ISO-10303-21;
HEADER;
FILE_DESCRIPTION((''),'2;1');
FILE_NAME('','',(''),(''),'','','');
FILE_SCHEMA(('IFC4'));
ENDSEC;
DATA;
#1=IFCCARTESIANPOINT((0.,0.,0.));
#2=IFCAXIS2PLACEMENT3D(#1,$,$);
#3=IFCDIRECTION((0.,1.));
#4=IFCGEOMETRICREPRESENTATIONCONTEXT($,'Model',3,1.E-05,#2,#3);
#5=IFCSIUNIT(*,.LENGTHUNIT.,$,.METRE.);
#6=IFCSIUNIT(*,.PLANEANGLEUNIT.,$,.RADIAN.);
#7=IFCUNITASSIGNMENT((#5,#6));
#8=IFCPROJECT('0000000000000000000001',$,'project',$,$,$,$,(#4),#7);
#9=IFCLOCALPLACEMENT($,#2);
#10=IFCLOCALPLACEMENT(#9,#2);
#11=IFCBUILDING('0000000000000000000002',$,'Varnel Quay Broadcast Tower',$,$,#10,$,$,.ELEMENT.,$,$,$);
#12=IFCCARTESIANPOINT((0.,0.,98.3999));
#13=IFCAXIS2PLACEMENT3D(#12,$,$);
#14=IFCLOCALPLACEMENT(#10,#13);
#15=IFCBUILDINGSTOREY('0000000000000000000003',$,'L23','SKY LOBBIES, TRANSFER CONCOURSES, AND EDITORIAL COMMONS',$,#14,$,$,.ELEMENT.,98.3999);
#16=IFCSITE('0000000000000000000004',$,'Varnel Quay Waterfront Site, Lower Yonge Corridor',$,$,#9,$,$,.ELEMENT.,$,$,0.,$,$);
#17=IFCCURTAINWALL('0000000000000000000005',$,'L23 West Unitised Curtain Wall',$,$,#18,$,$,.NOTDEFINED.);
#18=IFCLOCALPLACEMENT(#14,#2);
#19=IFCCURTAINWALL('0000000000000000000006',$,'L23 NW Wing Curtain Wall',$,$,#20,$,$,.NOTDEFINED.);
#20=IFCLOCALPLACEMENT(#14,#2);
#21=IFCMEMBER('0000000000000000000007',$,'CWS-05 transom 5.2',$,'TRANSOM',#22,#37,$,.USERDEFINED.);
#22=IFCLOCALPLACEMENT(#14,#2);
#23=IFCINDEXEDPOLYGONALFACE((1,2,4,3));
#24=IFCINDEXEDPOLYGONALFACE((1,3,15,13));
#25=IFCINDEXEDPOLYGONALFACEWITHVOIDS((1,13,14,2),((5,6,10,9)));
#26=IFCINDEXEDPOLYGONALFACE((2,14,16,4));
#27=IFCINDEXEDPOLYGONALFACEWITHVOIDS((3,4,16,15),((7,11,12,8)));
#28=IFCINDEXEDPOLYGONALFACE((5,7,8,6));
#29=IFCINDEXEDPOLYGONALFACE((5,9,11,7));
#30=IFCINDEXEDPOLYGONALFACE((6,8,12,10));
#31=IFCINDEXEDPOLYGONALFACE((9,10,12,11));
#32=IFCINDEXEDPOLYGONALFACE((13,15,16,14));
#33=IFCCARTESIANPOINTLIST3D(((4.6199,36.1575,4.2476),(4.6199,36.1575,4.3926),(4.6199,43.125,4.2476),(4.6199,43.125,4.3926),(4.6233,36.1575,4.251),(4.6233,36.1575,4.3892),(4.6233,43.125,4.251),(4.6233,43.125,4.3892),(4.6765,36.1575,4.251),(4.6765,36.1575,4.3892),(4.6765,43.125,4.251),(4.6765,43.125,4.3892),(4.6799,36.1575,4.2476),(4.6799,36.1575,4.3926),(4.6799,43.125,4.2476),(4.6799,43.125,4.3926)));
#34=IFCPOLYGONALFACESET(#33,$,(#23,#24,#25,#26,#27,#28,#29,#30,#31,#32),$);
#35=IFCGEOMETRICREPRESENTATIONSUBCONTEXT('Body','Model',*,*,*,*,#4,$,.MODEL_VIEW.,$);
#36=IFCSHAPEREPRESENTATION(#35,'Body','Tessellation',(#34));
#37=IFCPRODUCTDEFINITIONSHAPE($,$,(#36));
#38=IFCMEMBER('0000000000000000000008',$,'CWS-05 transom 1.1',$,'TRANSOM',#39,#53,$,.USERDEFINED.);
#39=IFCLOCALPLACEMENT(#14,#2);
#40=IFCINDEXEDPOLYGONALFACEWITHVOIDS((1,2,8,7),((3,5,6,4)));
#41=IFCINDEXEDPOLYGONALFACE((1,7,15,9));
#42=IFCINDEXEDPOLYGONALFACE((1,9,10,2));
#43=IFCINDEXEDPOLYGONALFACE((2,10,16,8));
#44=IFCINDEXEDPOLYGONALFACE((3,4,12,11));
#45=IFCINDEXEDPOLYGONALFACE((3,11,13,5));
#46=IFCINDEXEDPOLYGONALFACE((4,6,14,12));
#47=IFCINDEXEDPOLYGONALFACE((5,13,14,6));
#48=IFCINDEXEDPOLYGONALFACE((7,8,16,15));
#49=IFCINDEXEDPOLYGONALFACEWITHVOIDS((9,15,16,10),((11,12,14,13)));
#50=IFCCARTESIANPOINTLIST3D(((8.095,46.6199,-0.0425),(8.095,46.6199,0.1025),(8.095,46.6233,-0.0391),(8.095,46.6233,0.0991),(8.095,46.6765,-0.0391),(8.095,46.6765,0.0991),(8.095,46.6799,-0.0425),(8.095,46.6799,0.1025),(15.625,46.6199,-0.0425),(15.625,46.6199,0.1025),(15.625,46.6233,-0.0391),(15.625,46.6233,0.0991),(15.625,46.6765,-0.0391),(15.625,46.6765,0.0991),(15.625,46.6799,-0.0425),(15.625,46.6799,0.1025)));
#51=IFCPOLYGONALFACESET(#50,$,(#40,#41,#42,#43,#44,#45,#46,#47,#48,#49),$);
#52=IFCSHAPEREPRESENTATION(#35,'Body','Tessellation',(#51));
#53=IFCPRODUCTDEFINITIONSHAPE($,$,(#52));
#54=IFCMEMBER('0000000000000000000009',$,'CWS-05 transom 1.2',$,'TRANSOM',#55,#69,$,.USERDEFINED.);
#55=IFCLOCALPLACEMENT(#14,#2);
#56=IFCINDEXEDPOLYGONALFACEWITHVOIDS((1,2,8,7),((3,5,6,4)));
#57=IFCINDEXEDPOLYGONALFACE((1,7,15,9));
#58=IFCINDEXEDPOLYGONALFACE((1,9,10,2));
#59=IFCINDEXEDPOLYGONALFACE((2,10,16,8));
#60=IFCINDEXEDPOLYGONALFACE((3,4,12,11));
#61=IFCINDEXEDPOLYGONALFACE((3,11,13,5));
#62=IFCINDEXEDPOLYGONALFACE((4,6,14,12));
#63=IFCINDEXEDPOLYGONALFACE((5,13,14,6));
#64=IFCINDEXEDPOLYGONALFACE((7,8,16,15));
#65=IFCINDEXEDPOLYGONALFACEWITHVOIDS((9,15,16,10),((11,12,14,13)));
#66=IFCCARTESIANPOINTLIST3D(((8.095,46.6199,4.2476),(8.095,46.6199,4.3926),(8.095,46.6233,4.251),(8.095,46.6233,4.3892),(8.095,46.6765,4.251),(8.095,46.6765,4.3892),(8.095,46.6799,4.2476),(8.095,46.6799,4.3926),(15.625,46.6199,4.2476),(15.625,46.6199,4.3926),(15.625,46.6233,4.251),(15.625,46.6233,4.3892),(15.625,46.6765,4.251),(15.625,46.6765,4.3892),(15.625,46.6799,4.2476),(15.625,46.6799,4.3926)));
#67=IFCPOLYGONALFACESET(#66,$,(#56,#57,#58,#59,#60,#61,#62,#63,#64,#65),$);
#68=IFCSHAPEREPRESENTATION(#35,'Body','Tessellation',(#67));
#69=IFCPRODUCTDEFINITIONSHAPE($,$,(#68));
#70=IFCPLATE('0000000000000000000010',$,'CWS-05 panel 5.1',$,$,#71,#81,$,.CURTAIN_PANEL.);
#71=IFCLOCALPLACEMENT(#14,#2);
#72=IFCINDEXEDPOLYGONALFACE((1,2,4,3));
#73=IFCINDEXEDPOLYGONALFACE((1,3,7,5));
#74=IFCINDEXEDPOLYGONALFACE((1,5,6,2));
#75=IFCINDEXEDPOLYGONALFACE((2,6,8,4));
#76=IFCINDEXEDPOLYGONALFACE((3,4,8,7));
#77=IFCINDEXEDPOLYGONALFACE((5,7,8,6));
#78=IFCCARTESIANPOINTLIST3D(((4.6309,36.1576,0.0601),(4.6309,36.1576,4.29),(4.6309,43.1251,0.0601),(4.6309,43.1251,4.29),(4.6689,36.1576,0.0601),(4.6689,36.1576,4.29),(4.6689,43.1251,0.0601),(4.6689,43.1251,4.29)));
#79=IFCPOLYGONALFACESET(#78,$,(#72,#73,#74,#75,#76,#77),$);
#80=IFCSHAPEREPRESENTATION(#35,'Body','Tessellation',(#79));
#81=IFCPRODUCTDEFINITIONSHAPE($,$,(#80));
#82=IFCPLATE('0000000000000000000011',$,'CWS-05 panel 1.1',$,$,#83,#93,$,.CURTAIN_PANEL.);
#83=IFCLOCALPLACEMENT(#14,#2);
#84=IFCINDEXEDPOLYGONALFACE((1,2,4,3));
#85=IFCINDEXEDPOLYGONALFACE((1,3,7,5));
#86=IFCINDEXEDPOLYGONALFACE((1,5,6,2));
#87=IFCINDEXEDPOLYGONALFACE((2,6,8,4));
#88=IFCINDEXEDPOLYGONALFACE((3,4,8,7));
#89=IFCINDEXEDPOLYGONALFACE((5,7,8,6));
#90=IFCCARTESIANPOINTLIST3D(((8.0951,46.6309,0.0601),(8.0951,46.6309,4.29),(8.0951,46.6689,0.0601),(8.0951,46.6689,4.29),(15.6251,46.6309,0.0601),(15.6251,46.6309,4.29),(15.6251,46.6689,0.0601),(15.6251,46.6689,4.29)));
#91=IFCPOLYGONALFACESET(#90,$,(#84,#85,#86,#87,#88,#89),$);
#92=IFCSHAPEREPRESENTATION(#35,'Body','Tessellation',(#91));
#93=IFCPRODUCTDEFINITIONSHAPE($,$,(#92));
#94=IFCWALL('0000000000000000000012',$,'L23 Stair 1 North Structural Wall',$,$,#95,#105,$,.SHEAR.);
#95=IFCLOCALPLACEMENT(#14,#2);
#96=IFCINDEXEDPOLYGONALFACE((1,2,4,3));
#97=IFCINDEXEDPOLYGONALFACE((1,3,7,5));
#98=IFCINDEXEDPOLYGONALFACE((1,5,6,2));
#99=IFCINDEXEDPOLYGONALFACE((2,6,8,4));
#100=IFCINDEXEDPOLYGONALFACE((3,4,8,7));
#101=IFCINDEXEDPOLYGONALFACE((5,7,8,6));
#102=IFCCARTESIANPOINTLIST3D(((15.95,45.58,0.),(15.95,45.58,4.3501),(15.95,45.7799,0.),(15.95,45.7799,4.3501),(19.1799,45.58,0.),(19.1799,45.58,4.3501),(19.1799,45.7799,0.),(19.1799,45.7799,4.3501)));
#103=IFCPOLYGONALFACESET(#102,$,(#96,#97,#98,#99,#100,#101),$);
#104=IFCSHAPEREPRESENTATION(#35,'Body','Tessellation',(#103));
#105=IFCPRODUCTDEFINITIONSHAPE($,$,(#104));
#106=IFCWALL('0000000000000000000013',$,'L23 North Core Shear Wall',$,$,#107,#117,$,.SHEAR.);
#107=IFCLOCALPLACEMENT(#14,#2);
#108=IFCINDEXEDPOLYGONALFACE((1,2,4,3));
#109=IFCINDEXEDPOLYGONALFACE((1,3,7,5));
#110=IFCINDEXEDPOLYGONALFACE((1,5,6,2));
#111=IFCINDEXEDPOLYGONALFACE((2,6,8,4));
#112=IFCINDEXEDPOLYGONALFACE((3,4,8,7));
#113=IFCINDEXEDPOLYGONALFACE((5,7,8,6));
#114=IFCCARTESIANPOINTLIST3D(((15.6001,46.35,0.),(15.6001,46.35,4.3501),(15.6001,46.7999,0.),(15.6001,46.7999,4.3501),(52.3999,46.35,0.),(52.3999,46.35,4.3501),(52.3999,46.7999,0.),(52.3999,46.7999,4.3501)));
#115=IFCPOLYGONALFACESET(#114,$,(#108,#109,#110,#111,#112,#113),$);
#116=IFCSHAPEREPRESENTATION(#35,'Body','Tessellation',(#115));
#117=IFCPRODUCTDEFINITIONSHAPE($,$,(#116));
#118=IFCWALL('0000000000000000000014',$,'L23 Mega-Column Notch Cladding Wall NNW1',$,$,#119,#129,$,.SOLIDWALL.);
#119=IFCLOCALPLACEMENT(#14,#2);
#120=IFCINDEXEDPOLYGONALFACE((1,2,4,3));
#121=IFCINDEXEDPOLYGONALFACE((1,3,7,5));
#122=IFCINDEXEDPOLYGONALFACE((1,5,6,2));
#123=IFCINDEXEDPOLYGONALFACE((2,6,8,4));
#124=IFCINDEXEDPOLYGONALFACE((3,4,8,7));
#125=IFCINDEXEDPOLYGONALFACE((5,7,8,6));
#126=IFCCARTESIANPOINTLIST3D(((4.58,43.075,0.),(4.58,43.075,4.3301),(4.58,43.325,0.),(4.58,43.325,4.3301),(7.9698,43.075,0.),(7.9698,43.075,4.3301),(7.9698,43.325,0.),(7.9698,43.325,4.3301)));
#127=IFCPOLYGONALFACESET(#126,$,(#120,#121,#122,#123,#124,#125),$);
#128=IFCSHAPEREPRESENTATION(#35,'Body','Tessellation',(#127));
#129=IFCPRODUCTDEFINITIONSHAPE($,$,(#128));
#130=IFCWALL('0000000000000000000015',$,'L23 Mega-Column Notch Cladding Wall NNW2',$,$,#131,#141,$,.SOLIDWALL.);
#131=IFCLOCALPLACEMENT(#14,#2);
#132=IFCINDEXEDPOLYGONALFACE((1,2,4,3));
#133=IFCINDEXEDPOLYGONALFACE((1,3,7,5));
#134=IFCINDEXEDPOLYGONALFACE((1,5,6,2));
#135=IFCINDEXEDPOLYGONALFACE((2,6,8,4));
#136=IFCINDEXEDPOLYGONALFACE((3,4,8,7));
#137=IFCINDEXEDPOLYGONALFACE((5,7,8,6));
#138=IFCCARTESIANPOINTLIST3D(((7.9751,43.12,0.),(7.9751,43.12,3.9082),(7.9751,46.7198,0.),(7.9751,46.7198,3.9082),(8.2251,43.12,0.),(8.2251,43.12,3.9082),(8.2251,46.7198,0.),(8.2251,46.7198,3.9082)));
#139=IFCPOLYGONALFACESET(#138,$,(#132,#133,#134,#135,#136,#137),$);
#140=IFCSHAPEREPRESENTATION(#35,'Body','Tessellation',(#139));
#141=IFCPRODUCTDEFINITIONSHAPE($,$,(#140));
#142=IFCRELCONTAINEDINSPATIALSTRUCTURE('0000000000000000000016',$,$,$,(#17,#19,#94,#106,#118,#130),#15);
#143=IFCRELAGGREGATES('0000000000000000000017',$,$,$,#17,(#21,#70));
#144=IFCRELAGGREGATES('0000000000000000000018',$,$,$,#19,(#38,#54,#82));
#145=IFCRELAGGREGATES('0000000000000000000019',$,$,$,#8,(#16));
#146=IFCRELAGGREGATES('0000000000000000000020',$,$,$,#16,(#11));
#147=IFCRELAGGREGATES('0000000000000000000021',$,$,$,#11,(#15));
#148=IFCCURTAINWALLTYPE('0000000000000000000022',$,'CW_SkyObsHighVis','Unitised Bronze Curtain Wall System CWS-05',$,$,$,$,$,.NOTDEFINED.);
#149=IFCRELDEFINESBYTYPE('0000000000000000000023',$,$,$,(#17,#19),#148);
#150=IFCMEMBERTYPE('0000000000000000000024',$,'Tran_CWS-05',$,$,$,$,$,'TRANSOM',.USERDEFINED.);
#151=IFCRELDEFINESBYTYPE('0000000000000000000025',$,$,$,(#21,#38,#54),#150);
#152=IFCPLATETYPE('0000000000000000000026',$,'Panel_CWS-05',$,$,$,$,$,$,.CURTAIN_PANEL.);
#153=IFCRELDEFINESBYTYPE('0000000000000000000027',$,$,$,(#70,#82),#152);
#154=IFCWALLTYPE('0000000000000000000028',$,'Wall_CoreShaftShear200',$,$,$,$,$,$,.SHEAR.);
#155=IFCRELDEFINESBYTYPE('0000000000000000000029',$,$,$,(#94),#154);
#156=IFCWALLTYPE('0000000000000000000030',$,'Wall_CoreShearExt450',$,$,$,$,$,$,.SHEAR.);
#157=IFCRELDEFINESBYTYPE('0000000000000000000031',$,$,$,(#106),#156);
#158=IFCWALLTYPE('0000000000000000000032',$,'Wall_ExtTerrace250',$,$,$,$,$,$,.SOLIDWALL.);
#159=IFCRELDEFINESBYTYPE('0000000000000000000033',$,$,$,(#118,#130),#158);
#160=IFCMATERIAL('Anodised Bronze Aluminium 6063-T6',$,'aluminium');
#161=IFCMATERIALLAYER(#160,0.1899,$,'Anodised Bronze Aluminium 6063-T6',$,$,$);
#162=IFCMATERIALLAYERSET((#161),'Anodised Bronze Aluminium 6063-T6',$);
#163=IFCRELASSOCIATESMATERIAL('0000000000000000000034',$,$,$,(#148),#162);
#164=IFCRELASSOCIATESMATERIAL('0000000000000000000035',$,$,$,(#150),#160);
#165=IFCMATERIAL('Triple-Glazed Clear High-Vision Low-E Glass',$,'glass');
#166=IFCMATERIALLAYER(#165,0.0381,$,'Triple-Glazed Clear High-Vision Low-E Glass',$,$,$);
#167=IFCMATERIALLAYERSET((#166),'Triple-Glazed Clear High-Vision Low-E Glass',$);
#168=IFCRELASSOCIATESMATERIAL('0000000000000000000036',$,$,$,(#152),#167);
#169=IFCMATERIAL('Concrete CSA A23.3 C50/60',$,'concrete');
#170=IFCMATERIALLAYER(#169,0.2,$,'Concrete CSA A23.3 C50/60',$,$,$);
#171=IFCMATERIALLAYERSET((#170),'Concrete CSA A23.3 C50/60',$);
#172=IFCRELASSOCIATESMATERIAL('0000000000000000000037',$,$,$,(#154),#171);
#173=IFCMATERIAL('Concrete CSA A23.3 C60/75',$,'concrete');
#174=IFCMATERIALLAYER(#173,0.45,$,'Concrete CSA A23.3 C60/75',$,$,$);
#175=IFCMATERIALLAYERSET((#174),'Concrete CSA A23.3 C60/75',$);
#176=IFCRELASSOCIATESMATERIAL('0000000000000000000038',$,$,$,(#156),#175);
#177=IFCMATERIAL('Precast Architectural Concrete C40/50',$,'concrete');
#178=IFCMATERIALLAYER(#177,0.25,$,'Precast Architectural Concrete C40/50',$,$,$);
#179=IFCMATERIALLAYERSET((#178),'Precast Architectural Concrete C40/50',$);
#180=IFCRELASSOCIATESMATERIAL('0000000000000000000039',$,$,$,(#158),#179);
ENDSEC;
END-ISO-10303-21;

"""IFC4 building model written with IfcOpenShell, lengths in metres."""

from ifc_helpers import new_model, si_unit, direction, frame, frame_2d, origin, origin_2d, place, context, subcontext, project, spatial, rectangle, hollow_rectangle, extrude, source, transform, mapped, material, layer, layer_set, material_profile, profile_set, type_object, type_shapes, element, aggregate, save


model = new_model("IFC4")

# Units and contexts
model_context = context("Model", 3, precision=1e-05, world=origin(), true_north=direction((0.0, 1.0)))
body_context = subcontext(model_context, "Body", "Model", "MODEL_VIEW")
ifc_project = project(units=[si_unit("LENGTHUNIT", "METRE"), si_unit("PLANEANGLEUNIT", "RADIAN")], contexts=[model_context])

# Site, building, storey
site_placement = place(None, origin())
site = spatial("IfcSite", under=ifc_project, at=site_placement, Name="Varnel Quay Waterfront Site, Lower Yonge Corridor", CompositionType="ELEMENT", RefElevation=0.0)
building_placement = place(site_placement, origin())
building = spatial("IfcBuilding", under=site, at=building_placement, Name="Varnel Quay Broadcast Tower", CompositionType="ELEMENT")
storey_placement = place(building_placement, frame((0.0, 0.0, 98.3999)))
storey = spatial("IfcBuildingStorey", under=building, at=storey_placement, Name="L23", Description="SKY LOBBIES, TRANSFER CONCOURSES, AND EDITORIAL COMMONS", CompositionType="ELEMENT", Elevation=98.3999)

# Curtain wall
ifc_material_1 = material(Name="Anodised Bronze Aluminium 6063-T6", Category="aluminium")
ifc_layer_1 = layer(ifc_material_1, 0.1899, Name="Anodised Bronze Aluminium 6063-T6")
ifc_layer_set_1 = layer_set([ifc_layer_1], Name="Anodised Bronze Aluminium 6063-T6")
curtain_wall_type = type_object("IfcCurtainWallType", Name="CW_SkyObsHighVis", Description="Unitised Bronze Curtain Wall System CWS-05", PredefinedType="NOTDEFINED", material=ifc_layer_set_1)
curtain_wall_1_placement = place(storey_placement, origin())
curtain_wall_1 = element("IfcCurtainWall", 1, at=curtain_wall_1_placement, inside=storey, type_object=curtain_wall_type, Name="L23 West Unitised Curtain Wall", PredefinedType="NOTDEFINED")

# Curtain wall
curtain_wall_2_placement = place(storey_placement, origin())
curtain_wall_2 = element("IfcCurtainWall", 2, at=curtain_wall_2_placement, inside=storey, type_object=curtain_wall_type, Name="L23 NW Wing Curtain Wall", PredefinedType="NOTDEFINED")

# Members
ifc_material_profile_1 = material_profile(ifc_material_1, hollow_rectangle(XDim=0.0601, YDim=0.145, WallThickness=0.0034, at=origin_2d()), Name="ALU60X145X3.5")
ifc_profile_set_1 = profile_set([ifc_material_profile_1], Name="Anodised Bronze Aluminium 6063-T6")
member_type_1 = type_object("IfcMemberType", Name="Tran_CWS-05", ElementType="TRANSOM", PredefinedType="USERDEFINED", material=ifc_profile_set_1)
shared_shape_1 = source(origin(), body_context, "Body", "SweptSolid", [
    extrude(hollow_rectangle(XDim=0.0601, YDim=0.145, WallThickness=0.0034, at=origin_2d()), origin(), (0.0, 0.0, 1.0), 6.9675),
])
member_1_placement = place(storey_placement, frame((4.6499, 36.1575, 4.3201), z_axis=(0.0, 1.0, 0.0), x_axis=(-1.0, 0.0, 0.0)))
member_1 = element("IfcMember", 3, at=member_1_placement, type_object=member_type_1, Name="CWS-05 transom 5.2", ObjectType="TRANSOM", PredefinedType="USERDEFINED", context=body_context, shape_type="MappedRepresentation", body=[
    mapped(shared_shape_1, transform((0.0, 0.0, 0.0), x_axis=(1.0, 0.0, 0.0), y_axis=(0.0, 1.0, 0.0), z_axis=(0.0, 0.0, 1.0), scale=1.0)),
])
shared_shape_2 = source(origin(), body_context, "Body", "SweptSolid", [
    extrude(hollow_rectangle(XDim=0.0601, YDim=0.145, WallThickness=0.0034, at=origin_2d()), origin(), (0.0, 0.0, 1.0), 7.53),
])
type_shapes(member_type_1, [shared_shape_1, shared_shape_2])
member_2_placement = place(storey_placement, frame((8.095, 46.6499, 0.03), z_axis=(1.0, 0.0, 0.0), x_axis=(0.0, 1.0, 0.0)))
member_2 = element("IfcMember", 4, at=member_2_placement, type_object=member_type_1, Name="CWS-05 transom 1.1", ObjectType="TRANSOM", PredefinedType="USERDEFINED", context=body_context, shape_type="MappedRepresentation", body=[
    mapped(shared_shape_2, transform((0.0, 0.0, 0.0), x_axis=(1.0, 0.0, 0.0), y_axis=(0.0, 1.0, 0.0), z_axis=(0.0, 0.0, 1.0), scale=1.0)),
])
member_3_placement = place(storey_placement, frame((8.095, 46.6499, 4.3201), z_axis=(1.0, 0.0, 0.0), x_axis=(0.0, 1.0, 0.0)))
member_3 = element("IfcMember", 5, at=member_3_placement, type_object=member_type_1, Name="CWS-05 transom 1.2", ObjectType="TRANSOM", PredefinedType="USERDEFINED", context=body_context, shape_type="MappedRepresentation", body=[
    mapped(shared_shape_2, transform((0.0, 0.0, 0.0), x_axis=(1.0, 0.0, 0.0), y_axis=(0.0, 1.0, 0.0), z_axis=(0.0, 0.0, 1.0), scale=1.0)),
])

# Plates
ifc_material_2 = material(Name="Triple-Glazed Clear High-Vision Low-E Glass", Category="glass")
ifc_layer_2 = layer(ifc_material_2, 0.0381, Name="Triple-Glazed Clear High-Vision Low-E Glass")
ifc_layer_set_2 = layer_set([ifc_layer_2], Name="Triple-Glazed Clear High-Vision Low-E Glass")
plate_type = type_object("IfcPlateType", Name="Panel_CWS-05", PredefinedType="CURTAIN_PANEL", material=ifc_layer_set_2)
shared_shape_3 = source(origin(), body_context, "Body", "SweptSolid", [
    extrude(rectangle(XDim=6.9675, YDim=0.0381, at=origin_2d()), origin(), (0.0, 0.0, 1.0), 4.23),
])
plate_1_placement = place(storey_placement, frame((4.6499, 39.6414, 0.0601), z_axis=(0.0, 0.0, 1.0), x_axis=(0.0, 1.0, 0.0)))
plate_1 = element("IfcPlate", 6, at=plate_1_placement, type_object=plate_type, Name="CWS-05 panel 5.1", PredefinedType="CURTAIN_PANEL", context=body_context, shape_type="MappedRepresentation", body=[
    mapped(shared_shape_3, transform((0.0, 0.0, 0.0), x_axis=(1.0, 0.0, 0.0), y_axis=(0.0, 1.0, 0.0), z_axis=(0.0, 0.0, 1.0), scale=1.0)),
])
aggregate(curtain_wall_1, [member_1, plate_1])
shared_shape_4 = source(origin(), body_context, "Body", "SweptSolid", [
    extrude(rectangle(XDim=7.53, YDim=0.0381, at=origin_2d()), origin(), (0.0, 0.0, 1.0), 4.23),
])
type_shapes(plate_type, [shared_shape_3, shared_shape_4])
plate_2_placement = place(storey_placement, frame((11.8601, 46.6499, 0.0601), z_axis=(0.0, 0.0, 1.0), x_axis=(1.0, 0.0, 0.0)))
plate_2 = element("IfcPlate", 7, at=plate_2_placement, type_object=plate_type, Name="CWS-05 panel 1.1", PredefinedType="CURTAIN_PANEL", context=body_context, shape_type="MappedRepresentation", body=[
    mapped(shared_shape_4, transform((0.0, 0.0, 0.0), x_axis=(1.0, 0.0, 0.0), y_axis=(0.0, 1.0, 0.0), z_axis=(0.0, 0.0, 1.0), scale=1.0)),
])
aggregate(curtain_wall_2, [member_2, member_3, plate_2])

# Walls
ifc_material_3 = material(Name="Concrete CSA A23.3 C50/60", Category="concrete")
ifc_layer_3 = layer(ifc_material_3, 0.2, Name="Concrete CSA A23.3 C50/60")
ifc_layer_set_3 = layer_set([ifc_layer_3], Name="Concrete CSA A23.3 C50/60")
wall_type_1 = type_object("IfcWallType", Name="Wall_CoreShaftShear200", PredefinedType="SHEAR", material=ifc_layer_set_3)
wall_1_placement = place(storey_placement, frame((15.95, 45.6799, 0.0), z_axis=(0.0, 0.0, 1.0), x_axis=(1.0, 0.0, 0.0)))
element("IfcWall", 8, at=wall_1_placement, inside=storey, type_object=wall_type_1, Name="L23 Stair 1 North Structural Wall", PredefinedType="SHEAR", context=body_context, shape_type="SweptSolid", body=[
    extrude(rectangle(XDim=3.23, YDim=0.2, at=frame_2d((1.615, 0.0))), origin(), (0.0, 0.0, 1.0), 4.3501),
])
ifc_material_4 = material(Name="Concrete CSA A23.3 C60/75", Category="concrete")
ifc_layer_4 = layer(ifc_material_4, 0.45, Name="Concrete CSA A23.3 C60/75")
ifc_layer_set_4 = layer_set([ifc_layer_4], Name="Concrete CSA A23.3 C60/75")
wall_type_2 = type_object("IfcWallType", Name="Wall_CoreShearExt450", PredefinedType="SHEAR", material=ifc_layer_set_4)
wall_2_placement = place(storey_placement, frame((15.6001, 46.575, 0.0), z_axis=(0.0, 0.0, 1.0), x_axis=(1.0, 0.0, 0.0)))
element("IfcWall", 9, at=wall_2_placement, inside=storey, type_object=wall_type_2, Name="L23 North Core Shear Wall", PredefinedType="SHEAR", context=body_context, shape_type="SweptSolid", body=[
    extrude(rectangle(XDim=36.7998, YDim=0.45, at=frame_2d((18.3999, 0.0))), origin(), (0.0, 0.0, 1.0), 4.3501),
])
ifc_material_5 = material(Name="Precast Architectural Concrete C40/50", Category="concrete")
ifc_layer_5 = layer(ifc_material_5, 0.25, Name="Precast Architectural Concrete C40/50")
ifc_layer_set_5 = layer_set([ifc_layer_5], Name="Precast Architectural Concrete C40/50")
wall_type_3 = type_object("IfcWallType", Name="Wall_ExtTerrace250", PredefinedType="SOLIDWALL", material=ifc_layer_set_5)
wall_3_placement = place(storey_placement, frame((4.5801, 43.2, 0.0), z_axis=(0.0, 0.0, 1.0), x_axis=(1.0, 0.0, 0.0)))
element("IfcWall", 10, at=wall_3_placement, inside=storey, type_object=wall_type_3, Name="L23 Mega-Column Notch Cladding Wall NNW1", PredefinedType="SOLIDWALL", context=body_context, shape_type="SweptSolid", body=[
    extrude(rectangle(XDim=3.3899, YDim=0.25, at=frame_2d((1.6948, 0.0))), origin(), (0.0, 0.0, 1.0), 4.3301),
])
wall_4_placement = place(storey_placement, frame((8.1001, 43.1201, 0.0), z_axis=(0.0, 0.0, 1.0), x_axis=(0.0, 1.0, 0.0)))
element("IfcWall", 11, at=wall_4_placement, inside=storey, type_object=wall_type_3, Name="L23 Mega-Column Notch Cladding Wall NNW2", PredefinedType="SOLIDWALL", context=body_context, shape_type="SweptSolid", body=[
    extrude(rectangle(XDim=3.5999, YDim=0.25, at=frame_2d((1.7998, 0.0))), origin(), (0.0, 0.0, 1.0), 3.9082),
])

save(model, "model.ifc")
